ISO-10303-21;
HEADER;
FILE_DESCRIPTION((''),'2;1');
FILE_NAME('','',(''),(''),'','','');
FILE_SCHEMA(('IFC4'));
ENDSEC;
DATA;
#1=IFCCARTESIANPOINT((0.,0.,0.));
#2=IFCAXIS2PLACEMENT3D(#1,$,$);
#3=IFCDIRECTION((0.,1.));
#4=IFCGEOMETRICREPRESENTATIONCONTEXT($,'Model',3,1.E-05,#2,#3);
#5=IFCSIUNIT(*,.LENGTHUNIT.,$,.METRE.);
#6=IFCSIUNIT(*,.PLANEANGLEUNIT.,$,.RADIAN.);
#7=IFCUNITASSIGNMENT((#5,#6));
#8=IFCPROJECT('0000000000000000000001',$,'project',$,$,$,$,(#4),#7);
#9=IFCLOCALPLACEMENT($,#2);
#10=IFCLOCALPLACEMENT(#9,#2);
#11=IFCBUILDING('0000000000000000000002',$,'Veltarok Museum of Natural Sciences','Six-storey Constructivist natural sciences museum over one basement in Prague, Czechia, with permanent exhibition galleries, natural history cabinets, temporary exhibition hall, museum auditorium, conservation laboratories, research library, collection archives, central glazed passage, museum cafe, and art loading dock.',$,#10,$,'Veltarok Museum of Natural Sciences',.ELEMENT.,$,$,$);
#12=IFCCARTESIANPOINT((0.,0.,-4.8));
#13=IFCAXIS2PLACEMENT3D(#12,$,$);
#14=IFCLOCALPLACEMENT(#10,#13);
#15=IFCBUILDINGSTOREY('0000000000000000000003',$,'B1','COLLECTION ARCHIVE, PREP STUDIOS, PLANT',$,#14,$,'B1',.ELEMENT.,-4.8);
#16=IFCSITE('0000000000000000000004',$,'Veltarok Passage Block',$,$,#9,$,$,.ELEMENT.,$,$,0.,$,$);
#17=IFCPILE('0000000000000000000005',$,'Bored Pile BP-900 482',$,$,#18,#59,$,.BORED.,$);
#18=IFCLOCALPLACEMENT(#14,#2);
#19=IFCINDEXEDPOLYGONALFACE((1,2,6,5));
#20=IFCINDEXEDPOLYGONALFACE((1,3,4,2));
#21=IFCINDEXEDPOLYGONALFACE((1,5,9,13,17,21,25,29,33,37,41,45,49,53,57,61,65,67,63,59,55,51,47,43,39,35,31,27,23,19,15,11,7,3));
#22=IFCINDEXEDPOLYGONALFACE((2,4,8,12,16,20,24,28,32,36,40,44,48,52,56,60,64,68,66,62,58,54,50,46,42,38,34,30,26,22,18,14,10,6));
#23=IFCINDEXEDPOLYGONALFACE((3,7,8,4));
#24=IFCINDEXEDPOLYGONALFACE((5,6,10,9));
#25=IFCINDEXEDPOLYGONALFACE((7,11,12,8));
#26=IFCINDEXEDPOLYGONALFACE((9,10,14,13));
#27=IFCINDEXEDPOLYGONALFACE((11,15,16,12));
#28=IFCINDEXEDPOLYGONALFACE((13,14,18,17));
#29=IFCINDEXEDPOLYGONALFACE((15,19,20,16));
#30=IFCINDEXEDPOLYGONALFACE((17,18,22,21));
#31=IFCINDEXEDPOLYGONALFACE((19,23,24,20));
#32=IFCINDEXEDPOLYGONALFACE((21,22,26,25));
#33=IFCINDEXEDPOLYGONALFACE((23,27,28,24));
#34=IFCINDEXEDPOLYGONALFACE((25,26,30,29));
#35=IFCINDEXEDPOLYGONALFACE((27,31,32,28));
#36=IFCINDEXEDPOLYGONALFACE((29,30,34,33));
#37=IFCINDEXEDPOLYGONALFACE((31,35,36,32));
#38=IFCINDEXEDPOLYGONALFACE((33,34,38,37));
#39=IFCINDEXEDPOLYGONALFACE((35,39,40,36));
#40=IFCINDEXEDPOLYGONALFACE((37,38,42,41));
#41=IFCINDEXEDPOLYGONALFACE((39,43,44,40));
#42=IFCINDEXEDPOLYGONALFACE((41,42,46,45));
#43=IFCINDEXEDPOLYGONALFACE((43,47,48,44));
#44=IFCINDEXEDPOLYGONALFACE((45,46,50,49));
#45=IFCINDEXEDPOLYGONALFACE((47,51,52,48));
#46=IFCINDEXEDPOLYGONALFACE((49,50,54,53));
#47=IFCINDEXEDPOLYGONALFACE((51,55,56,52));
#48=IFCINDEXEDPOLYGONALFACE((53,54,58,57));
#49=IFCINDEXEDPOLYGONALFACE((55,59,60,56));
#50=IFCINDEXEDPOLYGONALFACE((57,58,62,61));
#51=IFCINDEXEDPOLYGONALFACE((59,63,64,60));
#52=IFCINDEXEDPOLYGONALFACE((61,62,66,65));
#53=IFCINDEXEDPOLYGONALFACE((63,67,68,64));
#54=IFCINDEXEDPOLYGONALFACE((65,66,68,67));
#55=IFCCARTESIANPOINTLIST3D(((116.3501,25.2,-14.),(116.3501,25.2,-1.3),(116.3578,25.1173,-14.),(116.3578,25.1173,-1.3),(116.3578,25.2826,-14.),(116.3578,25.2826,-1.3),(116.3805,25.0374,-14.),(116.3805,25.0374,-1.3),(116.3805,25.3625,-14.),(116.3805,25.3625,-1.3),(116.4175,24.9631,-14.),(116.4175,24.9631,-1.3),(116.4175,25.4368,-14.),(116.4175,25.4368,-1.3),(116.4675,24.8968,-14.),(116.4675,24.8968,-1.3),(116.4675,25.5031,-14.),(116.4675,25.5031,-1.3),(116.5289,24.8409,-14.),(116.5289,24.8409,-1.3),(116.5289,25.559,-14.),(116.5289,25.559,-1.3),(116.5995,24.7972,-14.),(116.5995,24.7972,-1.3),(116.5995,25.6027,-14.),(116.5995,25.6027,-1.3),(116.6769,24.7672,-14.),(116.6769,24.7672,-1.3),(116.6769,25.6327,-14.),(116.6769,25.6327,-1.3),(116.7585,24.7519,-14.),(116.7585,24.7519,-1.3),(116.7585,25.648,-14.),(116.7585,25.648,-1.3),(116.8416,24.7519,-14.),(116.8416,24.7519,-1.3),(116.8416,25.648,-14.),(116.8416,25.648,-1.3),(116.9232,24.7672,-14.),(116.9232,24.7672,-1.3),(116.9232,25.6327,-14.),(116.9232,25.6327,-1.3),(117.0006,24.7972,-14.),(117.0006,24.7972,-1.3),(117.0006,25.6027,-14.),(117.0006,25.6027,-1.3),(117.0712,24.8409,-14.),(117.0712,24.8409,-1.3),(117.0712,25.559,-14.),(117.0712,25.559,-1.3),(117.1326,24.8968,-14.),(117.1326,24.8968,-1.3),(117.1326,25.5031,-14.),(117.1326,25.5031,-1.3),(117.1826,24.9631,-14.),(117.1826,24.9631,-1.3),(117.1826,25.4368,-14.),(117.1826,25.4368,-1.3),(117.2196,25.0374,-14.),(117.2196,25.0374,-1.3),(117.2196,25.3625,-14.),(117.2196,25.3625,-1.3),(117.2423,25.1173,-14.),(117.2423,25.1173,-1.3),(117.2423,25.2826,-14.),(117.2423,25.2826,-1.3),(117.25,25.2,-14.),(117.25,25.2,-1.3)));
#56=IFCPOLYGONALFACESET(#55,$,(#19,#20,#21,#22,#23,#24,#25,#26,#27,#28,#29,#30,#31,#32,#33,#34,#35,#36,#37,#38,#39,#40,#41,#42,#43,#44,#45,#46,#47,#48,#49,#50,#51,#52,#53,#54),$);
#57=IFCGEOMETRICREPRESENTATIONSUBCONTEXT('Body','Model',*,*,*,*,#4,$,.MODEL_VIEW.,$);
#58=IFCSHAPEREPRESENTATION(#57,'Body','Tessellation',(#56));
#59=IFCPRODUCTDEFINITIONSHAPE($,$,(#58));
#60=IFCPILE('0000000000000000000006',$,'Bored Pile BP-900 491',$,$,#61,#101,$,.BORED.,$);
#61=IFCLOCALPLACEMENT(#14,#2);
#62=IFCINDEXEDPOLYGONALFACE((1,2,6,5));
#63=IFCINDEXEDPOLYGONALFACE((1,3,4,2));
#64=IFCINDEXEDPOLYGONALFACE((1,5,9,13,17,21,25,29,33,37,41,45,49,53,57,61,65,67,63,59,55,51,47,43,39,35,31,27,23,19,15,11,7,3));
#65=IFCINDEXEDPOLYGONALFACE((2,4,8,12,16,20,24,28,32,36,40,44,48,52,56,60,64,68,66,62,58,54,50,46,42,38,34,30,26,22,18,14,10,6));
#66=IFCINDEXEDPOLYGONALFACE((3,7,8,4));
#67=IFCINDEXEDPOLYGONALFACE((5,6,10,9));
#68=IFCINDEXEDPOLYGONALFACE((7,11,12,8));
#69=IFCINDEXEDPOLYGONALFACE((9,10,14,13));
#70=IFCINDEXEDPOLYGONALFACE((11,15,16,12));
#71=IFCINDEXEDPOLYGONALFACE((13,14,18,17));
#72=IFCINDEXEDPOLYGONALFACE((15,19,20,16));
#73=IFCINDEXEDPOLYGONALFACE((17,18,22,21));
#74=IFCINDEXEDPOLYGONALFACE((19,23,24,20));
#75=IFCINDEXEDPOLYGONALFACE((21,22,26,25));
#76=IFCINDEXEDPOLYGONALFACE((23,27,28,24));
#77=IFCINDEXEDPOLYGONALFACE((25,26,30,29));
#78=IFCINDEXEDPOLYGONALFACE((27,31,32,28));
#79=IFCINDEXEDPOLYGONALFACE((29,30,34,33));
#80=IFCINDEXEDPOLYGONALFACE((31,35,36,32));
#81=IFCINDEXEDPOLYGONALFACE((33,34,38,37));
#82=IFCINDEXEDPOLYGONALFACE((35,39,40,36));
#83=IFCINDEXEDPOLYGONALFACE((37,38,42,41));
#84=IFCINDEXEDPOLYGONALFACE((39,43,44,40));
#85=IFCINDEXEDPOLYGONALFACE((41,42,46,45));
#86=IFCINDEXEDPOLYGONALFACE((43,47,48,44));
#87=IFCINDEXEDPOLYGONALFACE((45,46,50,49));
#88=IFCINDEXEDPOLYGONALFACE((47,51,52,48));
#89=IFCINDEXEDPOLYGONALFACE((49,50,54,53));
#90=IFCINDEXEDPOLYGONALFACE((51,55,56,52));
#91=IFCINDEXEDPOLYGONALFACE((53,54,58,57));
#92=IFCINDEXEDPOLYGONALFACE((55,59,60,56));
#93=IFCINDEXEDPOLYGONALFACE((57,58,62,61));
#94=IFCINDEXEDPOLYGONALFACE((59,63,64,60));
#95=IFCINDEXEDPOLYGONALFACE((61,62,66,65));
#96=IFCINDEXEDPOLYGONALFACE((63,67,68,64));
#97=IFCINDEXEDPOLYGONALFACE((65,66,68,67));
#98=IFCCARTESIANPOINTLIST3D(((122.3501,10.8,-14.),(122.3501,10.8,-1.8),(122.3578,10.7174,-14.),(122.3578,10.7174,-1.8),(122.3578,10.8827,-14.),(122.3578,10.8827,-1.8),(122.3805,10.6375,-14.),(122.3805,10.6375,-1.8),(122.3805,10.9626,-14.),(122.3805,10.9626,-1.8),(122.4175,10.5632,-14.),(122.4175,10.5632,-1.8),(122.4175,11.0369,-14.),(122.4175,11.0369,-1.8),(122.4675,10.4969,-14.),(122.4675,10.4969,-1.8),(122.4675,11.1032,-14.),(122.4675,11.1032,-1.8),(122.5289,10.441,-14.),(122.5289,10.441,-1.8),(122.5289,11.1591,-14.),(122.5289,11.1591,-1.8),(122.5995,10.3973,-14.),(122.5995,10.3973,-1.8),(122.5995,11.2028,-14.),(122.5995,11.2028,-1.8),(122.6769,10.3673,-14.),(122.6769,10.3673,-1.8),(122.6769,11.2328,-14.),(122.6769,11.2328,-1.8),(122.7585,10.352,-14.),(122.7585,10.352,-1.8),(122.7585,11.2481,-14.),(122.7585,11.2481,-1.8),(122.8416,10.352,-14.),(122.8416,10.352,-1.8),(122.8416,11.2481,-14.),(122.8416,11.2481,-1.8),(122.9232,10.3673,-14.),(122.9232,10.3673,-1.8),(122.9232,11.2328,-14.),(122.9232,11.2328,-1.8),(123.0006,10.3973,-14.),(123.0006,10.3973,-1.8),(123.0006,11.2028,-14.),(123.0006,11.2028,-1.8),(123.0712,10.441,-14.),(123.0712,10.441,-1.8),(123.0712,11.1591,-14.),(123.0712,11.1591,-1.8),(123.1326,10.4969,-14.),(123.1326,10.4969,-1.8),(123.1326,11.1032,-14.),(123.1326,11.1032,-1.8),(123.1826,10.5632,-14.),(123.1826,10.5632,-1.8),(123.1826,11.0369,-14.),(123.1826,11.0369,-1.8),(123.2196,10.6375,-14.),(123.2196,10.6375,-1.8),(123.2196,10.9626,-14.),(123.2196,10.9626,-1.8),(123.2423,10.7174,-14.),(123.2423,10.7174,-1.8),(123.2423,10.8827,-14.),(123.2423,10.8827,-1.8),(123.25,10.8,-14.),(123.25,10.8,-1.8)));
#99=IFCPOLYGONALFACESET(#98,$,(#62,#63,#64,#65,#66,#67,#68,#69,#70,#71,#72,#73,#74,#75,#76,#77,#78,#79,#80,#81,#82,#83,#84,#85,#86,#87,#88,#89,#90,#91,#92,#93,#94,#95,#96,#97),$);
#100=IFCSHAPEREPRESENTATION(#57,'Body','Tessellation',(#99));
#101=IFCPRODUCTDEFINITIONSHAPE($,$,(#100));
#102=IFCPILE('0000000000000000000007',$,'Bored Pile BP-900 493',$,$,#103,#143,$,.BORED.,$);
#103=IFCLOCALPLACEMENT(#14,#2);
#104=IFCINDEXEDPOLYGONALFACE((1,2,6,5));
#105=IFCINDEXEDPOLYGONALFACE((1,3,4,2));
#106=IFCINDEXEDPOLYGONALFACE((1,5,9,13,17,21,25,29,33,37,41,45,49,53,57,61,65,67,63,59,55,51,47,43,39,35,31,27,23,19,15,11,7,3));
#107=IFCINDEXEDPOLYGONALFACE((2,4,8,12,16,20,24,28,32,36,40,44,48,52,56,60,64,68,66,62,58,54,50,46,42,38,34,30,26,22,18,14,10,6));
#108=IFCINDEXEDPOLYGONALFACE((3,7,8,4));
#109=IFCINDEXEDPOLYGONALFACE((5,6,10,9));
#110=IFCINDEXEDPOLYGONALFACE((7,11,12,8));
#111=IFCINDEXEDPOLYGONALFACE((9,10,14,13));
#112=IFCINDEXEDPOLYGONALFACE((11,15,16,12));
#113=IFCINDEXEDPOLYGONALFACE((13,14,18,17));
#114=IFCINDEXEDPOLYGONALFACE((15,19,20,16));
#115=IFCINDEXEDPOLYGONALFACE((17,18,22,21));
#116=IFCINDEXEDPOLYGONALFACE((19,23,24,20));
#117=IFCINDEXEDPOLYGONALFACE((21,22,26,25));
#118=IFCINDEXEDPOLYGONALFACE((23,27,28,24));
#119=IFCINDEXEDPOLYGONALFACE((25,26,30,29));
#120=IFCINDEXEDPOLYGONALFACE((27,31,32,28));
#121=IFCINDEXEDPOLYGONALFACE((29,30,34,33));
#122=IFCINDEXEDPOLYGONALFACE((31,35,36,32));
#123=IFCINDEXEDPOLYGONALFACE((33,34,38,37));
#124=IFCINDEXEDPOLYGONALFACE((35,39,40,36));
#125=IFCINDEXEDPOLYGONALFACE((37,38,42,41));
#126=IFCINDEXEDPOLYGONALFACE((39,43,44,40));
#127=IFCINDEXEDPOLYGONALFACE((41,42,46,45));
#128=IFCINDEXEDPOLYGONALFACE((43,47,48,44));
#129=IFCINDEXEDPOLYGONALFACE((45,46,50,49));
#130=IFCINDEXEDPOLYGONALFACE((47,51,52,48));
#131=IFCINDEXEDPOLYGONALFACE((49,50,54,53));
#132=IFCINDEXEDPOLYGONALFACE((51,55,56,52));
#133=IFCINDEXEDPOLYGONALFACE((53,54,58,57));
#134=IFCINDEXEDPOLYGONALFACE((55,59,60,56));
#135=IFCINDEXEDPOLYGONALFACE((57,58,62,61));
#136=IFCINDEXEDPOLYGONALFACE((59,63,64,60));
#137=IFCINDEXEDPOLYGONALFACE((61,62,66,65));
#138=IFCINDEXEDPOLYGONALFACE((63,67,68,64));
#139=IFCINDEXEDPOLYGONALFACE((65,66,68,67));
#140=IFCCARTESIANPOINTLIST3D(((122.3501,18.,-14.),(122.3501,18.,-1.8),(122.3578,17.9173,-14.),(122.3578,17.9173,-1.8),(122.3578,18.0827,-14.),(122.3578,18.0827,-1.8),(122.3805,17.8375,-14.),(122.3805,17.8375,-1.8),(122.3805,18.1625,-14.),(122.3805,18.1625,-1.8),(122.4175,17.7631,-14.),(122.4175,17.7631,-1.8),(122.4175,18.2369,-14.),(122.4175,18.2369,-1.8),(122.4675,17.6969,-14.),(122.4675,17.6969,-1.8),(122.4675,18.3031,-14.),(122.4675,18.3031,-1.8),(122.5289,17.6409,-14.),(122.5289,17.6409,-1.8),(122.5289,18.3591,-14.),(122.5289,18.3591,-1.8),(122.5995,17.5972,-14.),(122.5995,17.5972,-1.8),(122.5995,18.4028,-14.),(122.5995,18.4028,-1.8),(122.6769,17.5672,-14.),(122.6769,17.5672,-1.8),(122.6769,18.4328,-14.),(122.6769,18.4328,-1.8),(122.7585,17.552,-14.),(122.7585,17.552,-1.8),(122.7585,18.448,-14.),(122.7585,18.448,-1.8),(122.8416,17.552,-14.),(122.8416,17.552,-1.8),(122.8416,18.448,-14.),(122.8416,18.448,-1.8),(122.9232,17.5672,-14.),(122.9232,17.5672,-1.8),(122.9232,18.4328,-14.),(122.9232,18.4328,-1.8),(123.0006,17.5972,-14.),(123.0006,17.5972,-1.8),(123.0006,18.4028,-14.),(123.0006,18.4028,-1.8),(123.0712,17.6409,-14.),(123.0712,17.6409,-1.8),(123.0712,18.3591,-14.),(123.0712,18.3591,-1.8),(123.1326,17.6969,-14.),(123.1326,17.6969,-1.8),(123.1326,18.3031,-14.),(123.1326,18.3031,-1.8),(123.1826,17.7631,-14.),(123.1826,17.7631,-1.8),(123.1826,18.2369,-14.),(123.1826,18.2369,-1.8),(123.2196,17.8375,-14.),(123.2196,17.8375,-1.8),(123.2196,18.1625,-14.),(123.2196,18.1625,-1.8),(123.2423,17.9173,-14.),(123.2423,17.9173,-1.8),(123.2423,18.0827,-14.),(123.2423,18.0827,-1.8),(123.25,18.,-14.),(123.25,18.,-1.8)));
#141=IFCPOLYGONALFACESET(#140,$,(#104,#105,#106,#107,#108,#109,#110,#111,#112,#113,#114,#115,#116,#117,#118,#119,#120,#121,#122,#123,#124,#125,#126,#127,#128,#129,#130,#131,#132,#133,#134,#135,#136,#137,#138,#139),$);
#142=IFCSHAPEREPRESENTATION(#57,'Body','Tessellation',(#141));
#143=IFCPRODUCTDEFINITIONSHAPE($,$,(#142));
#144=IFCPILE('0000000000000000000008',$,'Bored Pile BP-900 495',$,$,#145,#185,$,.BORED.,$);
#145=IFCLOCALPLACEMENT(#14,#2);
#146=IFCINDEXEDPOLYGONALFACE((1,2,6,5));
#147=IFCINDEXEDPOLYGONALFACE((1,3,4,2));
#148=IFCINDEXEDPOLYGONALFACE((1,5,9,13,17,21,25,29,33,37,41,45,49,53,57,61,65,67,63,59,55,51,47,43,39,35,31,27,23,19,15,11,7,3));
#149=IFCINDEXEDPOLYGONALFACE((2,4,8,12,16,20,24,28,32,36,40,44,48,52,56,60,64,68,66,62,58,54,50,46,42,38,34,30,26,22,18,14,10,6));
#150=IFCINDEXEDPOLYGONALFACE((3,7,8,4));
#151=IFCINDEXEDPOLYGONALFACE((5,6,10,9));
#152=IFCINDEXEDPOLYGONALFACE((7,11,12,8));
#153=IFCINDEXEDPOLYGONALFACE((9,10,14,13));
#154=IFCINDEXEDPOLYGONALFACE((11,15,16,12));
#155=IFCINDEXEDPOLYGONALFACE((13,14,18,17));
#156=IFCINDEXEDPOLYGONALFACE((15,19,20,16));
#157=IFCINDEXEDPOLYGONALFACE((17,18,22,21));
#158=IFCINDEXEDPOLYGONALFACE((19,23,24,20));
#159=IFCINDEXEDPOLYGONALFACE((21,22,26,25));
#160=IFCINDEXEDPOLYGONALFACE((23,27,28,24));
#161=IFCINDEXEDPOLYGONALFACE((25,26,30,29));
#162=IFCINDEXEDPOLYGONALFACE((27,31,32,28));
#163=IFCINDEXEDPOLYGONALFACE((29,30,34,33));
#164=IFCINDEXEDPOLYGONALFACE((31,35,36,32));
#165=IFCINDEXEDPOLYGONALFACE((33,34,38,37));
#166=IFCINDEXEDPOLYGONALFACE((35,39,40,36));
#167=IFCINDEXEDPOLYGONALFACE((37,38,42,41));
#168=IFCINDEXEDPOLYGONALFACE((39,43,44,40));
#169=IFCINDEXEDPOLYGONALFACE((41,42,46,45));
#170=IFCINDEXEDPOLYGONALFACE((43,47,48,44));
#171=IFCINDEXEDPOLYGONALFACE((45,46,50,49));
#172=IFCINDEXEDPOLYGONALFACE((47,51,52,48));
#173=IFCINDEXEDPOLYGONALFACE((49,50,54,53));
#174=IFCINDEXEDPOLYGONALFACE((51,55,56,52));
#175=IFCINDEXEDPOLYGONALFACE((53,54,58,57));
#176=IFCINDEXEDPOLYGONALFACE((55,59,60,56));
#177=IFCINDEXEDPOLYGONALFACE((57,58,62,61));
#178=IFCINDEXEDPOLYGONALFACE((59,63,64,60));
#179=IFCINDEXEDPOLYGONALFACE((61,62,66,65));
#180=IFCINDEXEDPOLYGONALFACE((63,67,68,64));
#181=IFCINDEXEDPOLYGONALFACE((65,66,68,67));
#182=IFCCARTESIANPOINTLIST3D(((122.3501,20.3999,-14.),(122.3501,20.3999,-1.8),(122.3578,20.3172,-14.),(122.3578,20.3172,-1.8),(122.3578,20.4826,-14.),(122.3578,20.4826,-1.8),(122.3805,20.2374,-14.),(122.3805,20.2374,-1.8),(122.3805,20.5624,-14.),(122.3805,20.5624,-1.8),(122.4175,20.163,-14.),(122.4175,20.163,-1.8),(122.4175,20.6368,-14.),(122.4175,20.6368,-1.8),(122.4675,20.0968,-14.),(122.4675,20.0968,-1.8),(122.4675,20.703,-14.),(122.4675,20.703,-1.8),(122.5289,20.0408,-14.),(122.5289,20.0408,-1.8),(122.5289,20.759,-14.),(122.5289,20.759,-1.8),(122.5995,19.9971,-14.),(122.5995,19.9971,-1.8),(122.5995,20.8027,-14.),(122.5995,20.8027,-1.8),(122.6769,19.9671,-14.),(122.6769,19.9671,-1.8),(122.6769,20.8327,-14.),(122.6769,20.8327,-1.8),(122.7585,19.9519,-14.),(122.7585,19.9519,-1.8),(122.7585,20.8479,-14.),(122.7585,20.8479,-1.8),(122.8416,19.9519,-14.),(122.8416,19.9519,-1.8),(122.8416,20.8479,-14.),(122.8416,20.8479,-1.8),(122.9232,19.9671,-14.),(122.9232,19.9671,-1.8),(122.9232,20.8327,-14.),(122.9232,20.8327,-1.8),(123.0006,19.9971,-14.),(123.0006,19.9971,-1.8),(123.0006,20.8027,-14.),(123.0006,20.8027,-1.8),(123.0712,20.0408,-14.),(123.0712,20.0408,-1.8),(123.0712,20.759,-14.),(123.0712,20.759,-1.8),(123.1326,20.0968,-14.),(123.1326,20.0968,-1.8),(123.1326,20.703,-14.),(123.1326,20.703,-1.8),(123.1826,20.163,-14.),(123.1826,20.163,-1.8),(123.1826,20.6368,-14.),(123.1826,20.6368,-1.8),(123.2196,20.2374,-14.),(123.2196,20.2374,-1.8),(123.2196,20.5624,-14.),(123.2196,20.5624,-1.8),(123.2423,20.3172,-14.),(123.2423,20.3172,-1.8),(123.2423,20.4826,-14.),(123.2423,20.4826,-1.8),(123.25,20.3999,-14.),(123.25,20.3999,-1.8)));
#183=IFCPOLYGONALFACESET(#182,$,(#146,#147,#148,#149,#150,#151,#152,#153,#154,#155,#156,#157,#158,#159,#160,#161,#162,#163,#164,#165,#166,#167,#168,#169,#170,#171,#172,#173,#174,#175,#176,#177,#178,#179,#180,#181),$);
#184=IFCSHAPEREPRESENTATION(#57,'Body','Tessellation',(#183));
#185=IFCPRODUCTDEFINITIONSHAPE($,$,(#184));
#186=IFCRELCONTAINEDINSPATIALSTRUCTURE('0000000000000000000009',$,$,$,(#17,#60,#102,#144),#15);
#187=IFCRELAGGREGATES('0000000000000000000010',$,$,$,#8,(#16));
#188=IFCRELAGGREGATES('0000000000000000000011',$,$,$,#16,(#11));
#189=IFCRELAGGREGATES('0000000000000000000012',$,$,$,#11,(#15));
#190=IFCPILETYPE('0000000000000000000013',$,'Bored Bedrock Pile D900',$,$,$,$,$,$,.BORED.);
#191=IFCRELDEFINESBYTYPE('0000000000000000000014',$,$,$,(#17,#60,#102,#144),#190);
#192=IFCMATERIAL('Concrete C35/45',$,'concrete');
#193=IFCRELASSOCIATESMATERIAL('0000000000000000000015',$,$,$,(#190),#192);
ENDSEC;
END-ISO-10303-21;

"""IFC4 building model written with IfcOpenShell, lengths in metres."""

from ifc_helpers import new_model, si_unit, direction, frame, origin, origin_2d, place, context, subcontext, project, spatial, circle, extrude, material, material_profile, profile_set, type_object, element, save


model = new_model("IFC4")

# Units and contexts
model_context = context("Model", 3, precision=1e-05, world=origin(), true_north=direction((0.0, 1.0)))
body_context = subcontext(model_context, "Body", "Model", "MODEL_VIEW")
ifc_project = project(units=[si_unit("LENGTHUNIT", "METRE"), si_unit("PLANEANGLEUNIT", "RADIAN")], contexts=[model_context])

# Site, building, storey
site_placement = place(None, origin())
site = spatial("IfcSite", under=ifc_project, at=site_placement, Name="Veltarok Passage Block", CompositionType="ELEMENT", RefElevation=0.0)
building_placement = place(site_placement, origin())
building = spatial("IfcBuilding", under=site, at=building_placement, Name="Veltarok Museum of Natural Sciences", Description="Six-storey Constructivist natural sciences museum over one basement in Prague, Czechia, with permanent exhibition galleries, natural history cabinets, temporary exhibition hall, museum auditorium, conservation laboratories, research library, collection archives, central glazed passage, museum cafe, and art loading dock.", LongName="Veltarok Museum of Natural Sciences", CompositionType="ELEMENT")
storey_placement = place(building_placement, frame((0.0, 0.0, -4.8)))
storey = spatial("IfcBuildingStorey", under=building, at=storey_placement, Name="B1", Description="COLLECTION ARCHIVE, PREP STUDIOS, PLANT", LongName="B1", CompositionType="ELEMENT", Elevation=-4.8)

# Piles
ifc_material_1 = material(Name="Concrete C35/45", Category="concrete")
ifc_material_profile_1 = material_profile(ifc_material_1, circle(Radius=0.45, at=origin_2d()), Name="BP D900")
ifc_profile_set_1 = profile_set([ifc_material_profile_1], Name="Concrete C35/45")
pile_type = type_object("IfcPileType", Name="Bored Bedrock Pile D900", PredefinedType="BORED", material=ifc_profile_set_1)
for number, where, z_axis, x_axis, name in (
    (1, (116.8, 25.2, -1.3), (0.0, 0.0, -1.0), (1.0, 0.0, 0.0), "Bored Pile BP-900 482"),
):
    element("IfcPile", number, at=place(storey_placement, frame(where, z_axis=z_axis, x_axis=x_axis)), inside=storey, type_object=pile_type, Name=name, PredefinedType="BORED", context=body_context, shape_type="SweptSolid", body=[
        extrude(circle(Radius=0.45, at=origin_2d()), origin(), (0.0, 0.0, 1.0), 12.7),
    ])
for number, where, z_axis, x_axis, name in (
    (2, (122.8, 10.8, -1.8), (0.0, 0.0, -1.0), (1.0, 0.0, 0.0), "Bored Pile BP-900 491"),
    (3, (122.8, 18.0, -1.8), (0.0, 0.0, -1.0), (1.0, 0.0, 0.0), "Bored Pile BP-900 493"),
    (4, (122.8, 20.3999, -1.8), (0.0, 0.0, -1.0), (1.0, 0.0, 0.0), "Bored Pile BP-900 495"),
):
    element("IfcPile", number, at=place(storey_placement, frame(where, z_axis=z_axis, x_axis=x_axis)), inside=storey, type_object=pile_type, Name=name, PredefinedType="BORED", context=body_context, shape_type="SweptSolid", body=[
        extrude(circle(Radius=0.45, at=origin_2d()), origin(), (0.0, 0.0, 1.0), 12.2),
    ])

save(model, "model.ifc")
